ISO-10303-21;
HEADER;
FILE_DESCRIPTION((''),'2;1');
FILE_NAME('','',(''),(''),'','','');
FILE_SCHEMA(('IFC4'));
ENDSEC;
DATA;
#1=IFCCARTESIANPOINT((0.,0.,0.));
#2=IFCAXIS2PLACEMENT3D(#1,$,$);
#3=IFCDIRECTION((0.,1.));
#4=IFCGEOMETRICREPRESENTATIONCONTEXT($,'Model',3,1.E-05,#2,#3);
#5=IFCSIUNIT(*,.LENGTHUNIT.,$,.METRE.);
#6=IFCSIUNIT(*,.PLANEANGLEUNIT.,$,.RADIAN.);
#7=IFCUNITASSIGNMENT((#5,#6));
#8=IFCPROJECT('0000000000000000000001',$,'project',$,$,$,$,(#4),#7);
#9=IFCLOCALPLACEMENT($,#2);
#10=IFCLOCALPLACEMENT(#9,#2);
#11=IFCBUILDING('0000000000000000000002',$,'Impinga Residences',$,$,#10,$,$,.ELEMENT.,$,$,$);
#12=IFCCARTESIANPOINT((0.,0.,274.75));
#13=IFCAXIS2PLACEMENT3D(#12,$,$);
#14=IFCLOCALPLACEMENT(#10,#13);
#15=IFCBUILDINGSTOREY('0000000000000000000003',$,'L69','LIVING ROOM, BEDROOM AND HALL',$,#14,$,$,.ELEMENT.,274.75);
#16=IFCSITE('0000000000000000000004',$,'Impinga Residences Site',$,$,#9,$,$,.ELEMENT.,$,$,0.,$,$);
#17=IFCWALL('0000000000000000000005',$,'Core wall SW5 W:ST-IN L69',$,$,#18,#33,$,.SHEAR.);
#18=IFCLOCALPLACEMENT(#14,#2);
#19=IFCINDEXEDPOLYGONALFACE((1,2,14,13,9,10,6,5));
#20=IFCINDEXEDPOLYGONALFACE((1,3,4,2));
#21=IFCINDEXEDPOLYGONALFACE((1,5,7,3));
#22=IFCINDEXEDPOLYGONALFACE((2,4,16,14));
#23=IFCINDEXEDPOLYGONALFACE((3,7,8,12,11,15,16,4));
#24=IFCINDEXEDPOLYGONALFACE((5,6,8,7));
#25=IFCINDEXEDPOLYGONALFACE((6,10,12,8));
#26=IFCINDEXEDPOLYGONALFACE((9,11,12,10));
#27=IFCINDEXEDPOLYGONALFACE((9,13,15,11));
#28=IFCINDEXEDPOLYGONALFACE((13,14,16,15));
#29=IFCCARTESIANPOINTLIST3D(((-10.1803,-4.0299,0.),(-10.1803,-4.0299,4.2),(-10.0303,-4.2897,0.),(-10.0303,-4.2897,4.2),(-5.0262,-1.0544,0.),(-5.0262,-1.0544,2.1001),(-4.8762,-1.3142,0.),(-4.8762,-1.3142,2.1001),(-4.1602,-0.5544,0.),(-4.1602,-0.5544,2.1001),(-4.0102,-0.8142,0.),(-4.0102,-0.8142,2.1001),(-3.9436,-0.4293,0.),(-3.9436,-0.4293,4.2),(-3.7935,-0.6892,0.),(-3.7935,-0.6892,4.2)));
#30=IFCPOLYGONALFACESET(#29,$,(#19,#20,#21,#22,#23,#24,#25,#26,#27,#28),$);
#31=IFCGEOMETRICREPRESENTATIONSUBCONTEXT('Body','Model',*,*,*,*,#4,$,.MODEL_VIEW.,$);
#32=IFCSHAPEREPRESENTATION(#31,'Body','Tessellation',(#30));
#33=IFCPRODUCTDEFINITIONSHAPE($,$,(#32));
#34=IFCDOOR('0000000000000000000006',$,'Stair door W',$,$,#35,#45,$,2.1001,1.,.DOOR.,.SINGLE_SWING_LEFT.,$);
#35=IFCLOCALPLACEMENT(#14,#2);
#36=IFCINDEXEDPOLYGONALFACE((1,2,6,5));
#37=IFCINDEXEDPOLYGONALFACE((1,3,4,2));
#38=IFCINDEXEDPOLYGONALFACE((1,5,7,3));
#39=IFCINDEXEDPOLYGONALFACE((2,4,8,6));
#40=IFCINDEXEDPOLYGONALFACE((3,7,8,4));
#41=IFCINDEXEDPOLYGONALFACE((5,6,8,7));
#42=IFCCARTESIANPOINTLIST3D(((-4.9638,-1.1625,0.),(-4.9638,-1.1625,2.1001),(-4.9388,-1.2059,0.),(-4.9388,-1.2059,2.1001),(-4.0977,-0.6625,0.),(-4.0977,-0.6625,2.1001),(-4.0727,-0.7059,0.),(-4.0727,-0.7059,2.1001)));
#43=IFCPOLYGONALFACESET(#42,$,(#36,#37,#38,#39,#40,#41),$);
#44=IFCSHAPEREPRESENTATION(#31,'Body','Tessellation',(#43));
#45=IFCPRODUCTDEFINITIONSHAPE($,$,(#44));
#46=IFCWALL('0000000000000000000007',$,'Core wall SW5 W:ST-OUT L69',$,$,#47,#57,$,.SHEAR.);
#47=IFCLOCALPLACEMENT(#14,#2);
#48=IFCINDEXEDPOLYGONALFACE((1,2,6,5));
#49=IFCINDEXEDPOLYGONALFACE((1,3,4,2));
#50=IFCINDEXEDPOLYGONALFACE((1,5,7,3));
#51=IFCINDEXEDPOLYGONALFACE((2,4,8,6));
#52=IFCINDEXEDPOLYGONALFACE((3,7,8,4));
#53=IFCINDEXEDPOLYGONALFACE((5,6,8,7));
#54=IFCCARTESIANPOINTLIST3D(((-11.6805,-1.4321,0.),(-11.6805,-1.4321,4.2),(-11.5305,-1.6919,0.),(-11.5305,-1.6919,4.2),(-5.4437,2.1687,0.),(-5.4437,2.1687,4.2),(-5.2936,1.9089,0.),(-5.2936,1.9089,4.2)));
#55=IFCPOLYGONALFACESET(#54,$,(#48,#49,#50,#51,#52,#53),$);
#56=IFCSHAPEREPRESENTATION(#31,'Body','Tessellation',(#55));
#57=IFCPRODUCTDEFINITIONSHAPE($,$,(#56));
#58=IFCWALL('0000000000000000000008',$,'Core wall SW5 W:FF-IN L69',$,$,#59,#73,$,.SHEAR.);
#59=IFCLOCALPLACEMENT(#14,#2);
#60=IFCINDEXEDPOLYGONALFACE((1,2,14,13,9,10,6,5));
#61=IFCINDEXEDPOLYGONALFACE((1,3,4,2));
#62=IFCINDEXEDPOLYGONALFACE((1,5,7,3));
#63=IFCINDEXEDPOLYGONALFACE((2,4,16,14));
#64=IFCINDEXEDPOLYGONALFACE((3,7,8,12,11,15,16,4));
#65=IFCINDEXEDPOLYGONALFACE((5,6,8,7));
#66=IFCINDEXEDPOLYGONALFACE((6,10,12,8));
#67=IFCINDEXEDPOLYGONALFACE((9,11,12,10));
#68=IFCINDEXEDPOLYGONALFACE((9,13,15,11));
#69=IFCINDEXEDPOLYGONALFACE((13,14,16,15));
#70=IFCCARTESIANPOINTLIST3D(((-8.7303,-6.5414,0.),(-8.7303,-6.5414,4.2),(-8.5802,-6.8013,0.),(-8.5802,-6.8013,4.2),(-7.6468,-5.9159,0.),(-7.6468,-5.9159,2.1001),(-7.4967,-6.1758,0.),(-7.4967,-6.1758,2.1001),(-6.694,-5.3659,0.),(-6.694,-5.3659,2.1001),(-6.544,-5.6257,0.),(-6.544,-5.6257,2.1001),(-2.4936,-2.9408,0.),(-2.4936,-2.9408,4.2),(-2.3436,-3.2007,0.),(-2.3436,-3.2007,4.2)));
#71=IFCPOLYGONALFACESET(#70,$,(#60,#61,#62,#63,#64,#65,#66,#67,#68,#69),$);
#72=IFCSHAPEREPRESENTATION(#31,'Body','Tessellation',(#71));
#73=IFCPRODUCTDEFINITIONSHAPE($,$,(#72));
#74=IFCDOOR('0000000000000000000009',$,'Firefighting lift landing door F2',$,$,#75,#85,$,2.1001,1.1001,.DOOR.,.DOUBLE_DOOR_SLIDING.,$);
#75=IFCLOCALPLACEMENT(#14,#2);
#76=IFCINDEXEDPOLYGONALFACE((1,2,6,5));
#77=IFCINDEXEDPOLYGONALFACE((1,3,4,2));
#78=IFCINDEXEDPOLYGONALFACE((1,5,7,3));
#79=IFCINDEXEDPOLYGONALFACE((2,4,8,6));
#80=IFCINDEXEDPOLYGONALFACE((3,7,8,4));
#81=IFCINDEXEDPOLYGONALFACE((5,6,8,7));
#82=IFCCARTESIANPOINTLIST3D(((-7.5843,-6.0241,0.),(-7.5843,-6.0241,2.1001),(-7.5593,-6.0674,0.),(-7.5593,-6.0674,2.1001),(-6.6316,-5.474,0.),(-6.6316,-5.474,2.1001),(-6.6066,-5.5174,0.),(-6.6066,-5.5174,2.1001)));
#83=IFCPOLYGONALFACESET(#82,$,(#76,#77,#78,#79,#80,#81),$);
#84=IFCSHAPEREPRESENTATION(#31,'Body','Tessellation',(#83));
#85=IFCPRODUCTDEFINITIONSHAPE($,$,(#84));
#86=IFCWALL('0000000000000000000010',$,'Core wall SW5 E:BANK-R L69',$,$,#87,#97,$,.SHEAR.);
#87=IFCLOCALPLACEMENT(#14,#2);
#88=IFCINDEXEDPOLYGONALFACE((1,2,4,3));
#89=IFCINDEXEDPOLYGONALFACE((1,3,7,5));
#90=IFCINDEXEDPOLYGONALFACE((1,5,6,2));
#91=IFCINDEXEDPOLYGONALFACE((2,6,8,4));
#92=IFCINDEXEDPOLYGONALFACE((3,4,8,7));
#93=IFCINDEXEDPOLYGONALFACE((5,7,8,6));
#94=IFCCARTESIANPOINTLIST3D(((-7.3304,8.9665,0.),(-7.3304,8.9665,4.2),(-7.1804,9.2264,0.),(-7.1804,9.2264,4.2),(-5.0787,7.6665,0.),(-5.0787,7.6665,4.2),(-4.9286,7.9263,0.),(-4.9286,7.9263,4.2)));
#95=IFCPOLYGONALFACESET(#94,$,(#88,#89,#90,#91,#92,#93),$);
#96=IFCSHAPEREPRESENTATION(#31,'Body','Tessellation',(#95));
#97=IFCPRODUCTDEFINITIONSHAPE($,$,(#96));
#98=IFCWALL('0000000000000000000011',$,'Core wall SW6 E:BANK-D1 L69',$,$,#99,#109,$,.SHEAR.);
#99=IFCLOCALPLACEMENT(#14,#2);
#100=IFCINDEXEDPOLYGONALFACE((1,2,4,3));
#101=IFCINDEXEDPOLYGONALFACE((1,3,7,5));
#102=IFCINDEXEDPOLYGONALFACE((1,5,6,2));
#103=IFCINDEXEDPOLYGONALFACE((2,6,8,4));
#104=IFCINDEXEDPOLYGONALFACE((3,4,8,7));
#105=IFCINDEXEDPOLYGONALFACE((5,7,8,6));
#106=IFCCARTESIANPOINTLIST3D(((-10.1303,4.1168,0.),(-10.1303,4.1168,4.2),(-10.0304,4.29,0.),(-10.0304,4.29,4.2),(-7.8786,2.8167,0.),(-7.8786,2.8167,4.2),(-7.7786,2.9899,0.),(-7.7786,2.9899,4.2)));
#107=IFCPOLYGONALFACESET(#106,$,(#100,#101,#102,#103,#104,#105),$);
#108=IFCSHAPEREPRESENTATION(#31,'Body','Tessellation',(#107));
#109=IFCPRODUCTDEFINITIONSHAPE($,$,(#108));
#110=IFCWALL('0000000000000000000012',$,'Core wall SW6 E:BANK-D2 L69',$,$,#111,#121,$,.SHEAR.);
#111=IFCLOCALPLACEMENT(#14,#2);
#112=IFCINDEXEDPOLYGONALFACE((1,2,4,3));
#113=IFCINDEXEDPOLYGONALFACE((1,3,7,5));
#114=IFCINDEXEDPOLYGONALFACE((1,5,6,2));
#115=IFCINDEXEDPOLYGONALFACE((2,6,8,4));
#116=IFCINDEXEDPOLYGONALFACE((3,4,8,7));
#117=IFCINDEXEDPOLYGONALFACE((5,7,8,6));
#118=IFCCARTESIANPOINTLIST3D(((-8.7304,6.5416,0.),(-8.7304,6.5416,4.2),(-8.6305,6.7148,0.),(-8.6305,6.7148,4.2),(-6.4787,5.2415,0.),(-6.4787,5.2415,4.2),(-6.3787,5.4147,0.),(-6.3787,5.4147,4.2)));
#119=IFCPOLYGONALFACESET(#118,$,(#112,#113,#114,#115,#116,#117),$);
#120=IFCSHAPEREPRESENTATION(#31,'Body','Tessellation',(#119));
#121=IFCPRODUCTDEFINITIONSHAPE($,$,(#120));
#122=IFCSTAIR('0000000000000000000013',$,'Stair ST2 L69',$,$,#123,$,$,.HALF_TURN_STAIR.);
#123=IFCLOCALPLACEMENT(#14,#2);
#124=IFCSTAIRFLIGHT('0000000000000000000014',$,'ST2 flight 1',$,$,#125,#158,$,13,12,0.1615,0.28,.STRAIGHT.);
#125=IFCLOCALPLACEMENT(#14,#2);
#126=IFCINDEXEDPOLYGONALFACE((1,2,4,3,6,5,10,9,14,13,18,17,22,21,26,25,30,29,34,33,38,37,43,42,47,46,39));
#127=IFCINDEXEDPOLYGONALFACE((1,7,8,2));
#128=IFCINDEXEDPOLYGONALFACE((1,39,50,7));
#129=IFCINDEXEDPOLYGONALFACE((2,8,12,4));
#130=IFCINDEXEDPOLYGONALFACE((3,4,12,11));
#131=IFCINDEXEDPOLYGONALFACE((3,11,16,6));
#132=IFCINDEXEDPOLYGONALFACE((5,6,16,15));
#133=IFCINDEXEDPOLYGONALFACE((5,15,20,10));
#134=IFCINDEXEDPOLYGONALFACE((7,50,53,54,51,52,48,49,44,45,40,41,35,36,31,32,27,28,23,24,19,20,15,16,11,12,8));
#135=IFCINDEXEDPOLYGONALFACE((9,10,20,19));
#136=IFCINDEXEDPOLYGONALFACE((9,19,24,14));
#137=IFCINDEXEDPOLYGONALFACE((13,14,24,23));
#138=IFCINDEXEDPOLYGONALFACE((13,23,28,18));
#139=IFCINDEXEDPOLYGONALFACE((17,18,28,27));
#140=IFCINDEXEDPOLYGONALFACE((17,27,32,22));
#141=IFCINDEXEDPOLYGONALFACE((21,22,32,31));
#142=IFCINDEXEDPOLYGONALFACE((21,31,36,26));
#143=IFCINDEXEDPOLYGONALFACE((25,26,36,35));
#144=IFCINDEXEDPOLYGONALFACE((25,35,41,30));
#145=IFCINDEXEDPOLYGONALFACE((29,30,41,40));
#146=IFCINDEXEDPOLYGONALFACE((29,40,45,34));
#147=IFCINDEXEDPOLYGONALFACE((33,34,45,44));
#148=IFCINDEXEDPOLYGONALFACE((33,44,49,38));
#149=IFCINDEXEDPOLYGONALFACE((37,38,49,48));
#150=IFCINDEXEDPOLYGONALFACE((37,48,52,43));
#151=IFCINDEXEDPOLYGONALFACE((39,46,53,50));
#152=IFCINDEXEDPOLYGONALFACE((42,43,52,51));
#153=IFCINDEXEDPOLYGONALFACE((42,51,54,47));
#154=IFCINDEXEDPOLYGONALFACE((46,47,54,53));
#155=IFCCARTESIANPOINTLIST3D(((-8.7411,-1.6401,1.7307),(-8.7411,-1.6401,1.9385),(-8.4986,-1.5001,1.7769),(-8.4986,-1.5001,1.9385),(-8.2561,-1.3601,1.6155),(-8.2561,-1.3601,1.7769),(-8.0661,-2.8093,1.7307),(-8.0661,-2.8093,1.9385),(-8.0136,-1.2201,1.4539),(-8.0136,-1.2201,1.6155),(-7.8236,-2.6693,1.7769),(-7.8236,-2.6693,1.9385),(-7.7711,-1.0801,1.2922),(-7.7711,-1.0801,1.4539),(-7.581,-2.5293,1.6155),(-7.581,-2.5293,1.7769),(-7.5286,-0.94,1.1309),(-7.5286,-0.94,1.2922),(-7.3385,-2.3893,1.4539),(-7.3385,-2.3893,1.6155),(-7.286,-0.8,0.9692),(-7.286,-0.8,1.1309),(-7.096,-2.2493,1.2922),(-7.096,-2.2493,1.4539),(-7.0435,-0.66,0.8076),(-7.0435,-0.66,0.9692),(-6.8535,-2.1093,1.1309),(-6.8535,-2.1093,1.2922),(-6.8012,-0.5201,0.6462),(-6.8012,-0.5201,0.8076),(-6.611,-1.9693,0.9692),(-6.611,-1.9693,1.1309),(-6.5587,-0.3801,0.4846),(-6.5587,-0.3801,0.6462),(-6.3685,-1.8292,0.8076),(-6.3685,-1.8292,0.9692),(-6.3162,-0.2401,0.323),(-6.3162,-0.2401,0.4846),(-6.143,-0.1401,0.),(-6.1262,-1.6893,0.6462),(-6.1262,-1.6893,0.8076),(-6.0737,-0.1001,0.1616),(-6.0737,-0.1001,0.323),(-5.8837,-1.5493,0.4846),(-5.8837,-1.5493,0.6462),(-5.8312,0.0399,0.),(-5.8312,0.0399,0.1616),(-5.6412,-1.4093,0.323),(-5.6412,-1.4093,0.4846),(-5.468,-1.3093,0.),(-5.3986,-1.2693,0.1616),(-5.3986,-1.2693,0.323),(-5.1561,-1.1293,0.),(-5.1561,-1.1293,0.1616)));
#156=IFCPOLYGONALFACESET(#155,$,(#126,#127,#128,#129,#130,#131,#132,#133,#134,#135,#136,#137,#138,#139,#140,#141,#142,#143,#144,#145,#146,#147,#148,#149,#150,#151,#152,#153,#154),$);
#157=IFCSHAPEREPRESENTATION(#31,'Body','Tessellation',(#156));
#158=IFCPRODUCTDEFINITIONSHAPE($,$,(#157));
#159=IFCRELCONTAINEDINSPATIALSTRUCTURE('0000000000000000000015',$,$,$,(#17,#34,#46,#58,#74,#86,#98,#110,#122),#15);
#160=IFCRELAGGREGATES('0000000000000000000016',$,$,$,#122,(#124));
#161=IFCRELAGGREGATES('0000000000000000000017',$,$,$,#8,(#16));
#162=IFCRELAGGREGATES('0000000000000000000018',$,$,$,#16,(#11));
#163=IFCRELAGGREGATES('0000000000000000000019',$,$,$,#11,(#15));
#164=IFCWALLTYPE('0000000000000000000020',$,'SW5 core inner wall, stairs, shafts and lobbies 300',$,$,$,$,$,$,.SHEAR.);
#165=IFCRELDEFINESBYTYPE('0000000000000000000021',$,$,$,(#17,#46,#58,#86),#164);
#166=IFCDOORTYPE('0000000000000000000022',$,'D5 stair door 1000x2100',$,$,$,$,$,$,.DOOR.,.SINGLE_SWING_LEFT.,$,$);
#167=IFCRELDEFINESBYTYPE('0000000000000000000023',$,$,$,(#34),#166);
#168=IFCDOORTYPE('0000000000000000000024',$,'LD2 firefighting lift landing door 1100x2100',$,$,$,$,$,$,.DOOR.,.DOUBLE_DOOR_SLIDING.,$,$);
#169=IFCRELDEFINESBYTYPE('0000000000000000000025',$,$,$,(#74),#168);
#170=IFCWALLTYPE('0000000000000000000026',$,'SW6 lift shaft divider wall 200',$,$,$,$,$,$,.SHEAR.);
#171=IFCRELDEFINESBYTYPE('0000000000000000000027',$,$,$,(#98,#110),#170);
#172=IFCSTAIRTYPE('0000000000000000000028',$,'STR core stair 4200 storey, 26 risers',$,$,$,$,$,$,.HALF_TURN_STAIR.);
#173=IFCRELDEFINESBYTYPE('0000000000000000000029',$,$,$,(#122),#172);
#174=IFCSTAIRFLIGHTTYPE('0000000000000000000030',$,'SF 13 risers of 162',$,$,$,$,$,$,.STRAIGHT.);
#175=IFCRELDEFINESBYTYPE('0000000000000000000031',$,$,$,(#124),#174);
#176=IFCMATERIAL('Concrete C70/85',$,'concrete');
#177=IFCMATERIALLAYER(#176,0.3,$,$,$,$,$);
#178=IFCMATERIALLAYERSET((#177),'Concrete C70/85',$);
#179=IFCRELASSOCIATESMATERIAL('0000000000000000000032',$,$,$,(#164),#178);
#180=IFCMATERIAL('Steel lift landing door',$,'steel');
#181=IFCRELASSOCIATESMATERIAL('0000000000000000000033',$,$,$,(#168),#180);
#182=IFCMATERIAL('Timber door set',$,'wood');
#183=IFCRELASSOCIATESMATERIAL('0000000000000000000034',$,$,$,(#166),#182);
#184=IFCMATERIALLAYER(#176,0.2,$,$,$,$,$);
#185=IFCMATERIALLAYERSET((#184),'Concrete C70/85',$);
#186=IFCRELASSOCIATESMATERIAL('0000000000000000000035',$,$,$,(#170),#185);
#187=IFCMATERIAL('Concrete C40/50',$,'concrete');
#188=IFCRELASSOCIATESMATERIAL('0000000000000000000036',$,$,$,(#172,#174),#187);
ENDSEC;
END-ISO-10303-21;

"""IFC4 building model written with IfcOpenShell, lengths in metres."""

from ifc_helpers import new_model, si_unit, direction, frame, frame_2d, origin, place, context, subcontext, project, spatial, polyline, rectangle, outline, extrude, material, layer, layer_set, type_object, element, fill, aggregate, save


model = new_model("IFC4")

# Units and contexts
model_context = context("Model", 3, precision=1e-05, world=origin(), true_north=direction((0.0, 1.0)))
body_context = subcontext(model_context, "Body", "Model", "MODEL_VIEW")
ifc_project = project(units=[si_unit("LENGTHUNIT", "METRE"), si_unit("PLANEANGLEUNIT", "RADIAN")], contexts=[model_context])

# Site, building, storey
site_placement = place(None, origin())
site = spatial("IfcSite", under=ifc_project, at=site_placement, Name="Impinga Residences Site", CompositionType="ELEMENT", RefElevation=0.0)
building_placement = place(site_placement, origin())
building = spatial("IfcBuilding", under=site, at=building_placement, Name="Impinga Residences", CompositionType="ELEMENT")
storey_placement = place(building_placement, frame((0.0, 0.0, 274.75)))
storey = spatial("IfcBuildingStorey", under=building, at=storey_placement, Name="L69", Description="LIVING ROOM, BEDROOM AND HALL", CompositionType="ELEMENT", Elevation=274.75)

# Shared definitions
ifc_material_1 = material(Name="Concrete C70/85", Category="concrete")
ifc_layer_1 = layer(ifc_material_1, 0.3)
ifc_layer_set_1 = layer_set([ifc_layer_1], Name="Concrete C70/85")
wall_type_1 = type_object("IfcWallType", Name="SW5 core inner wall, stairs, shafts and lobbies 300", PredefinedType="SHEAR", material=ifc_layer_set_1)
ifc_material_2 = material(Name="Timber door set", Category="wood")

# Shared definitions
ifc_material_3 = material(Name="Steel lift landing door", Category="steel")
door_type_1 = type_object("IfcDoorType", Name="LD2 firefighting lift landing door 1100x2100", OperationType="DOUBLE_DOOR_SLIDING", PredefinedType="DOOR", material=ifc_material_3)

# Wall, opening, door
wall_1_placement = place(storey_placement, frame((-3.8687, -0.5593, 0.0), z_axis=(0.0, 0.0, 1.0), x_axis=(-0.86604, -0.499975, 0.0)))
wall_1 = element("IfcWall", 1, at=wall_1_placement, inside=storey, type_object=wall_type_1, Name="Core wall SW5 W:ST-IN L69", PredefinedType="SHEAR", context=body_context, shape_type="SweptSolid", body=[
    extrude(rectangle(XDim=7.2014, YDim=0.3, at=frame_2d((3.6006, 0.0))), origin(), (0.0, 0.0, 1.0), 4.2),
])
opening_1_placement = place(wall_1_placement, frame((0.25, 0.0, 0.0)))
opening_1 = element("IfcOpeningElement", 2, at=opening_1_placement, cuts=wall_1, PredefinedType="OPENING", context=body_context, shape_type="SweptSolid", body=[
    extrude(rectangle(XDim=1.0, YDim=2.1001, at=frame_2d((0.5, 1.05))), frame((0.0, 0.1599, 0.0), z_axis=(0.0, -1.0, 0.0), x_axis=(1.0, 0.0, 0.0)), (0.0, 0.0, 1.0), 0.3201),
])
door_type_2 = type_object("IfcDoorType", Name="D5 stair door 1000x2100", OperationType="SINGLE_SWING_LEFT", PredefinedType="DOOR", material=ifc_material_2)
door_1_placement = place(opening_1_placement, origin())
door_1 = element("IfcDoor", 3, at=door_1_placement, inside=storey, type_object=door_type_2, Name="Stair door W", OperationType="SINGLE_SWING_LEFT", OverallHeight=2.1001, OverallWidth=1.0, PredefinedType="DOOR", context=body_context, shape_type="SweptSolid", body=[
    extrude(rectangle(XDim=1.0, YDim=2.1001, at=frame_2d((0.5, 1.05))), frame((0.0, 0.0249, 0.0), z_axis=(0.0, -1.0, 0.0), x_axis=(1.0, 0.0, 0.0)), (0.0, 0.0, 1.0), 0.05),
])
fill(opening_1, door_1)

# Wall
wall_2_placement = place(storey_placement, frame((-5.3687, 2.0388, 0.0), z_axis=(0.0, 0.0, 1.0), x_axis=(-0.866025, -0.5, 0.0)))
element("IfcWall", 4, at=wall_2_placement, inside=storey, type_object=wall_type_1, Name="Core wall SW5 W:ST-OUT L69", PredefinedType="SHEAR", context=body_context, shape_type="SweptSolid", body=[
    extrude(rectangle(XDim=7.2017, YDim=0.3, at=frame_2d((3.6008, 0.0))), origin(), (0.0, 0.0, 1.0), 4.2),
])

# Wall, opening, door
wall_3_placement = place(storey_placement, frame((-2.4187, -3.0708, 0.0), z_axis=(0.0, 0.0, 1.0), x_axis=(-0.866031, -0.49999, 0.0)))
wall_3 = element("IfcWall", 5, at=wall_3_placement, inside=storey, type_object=wall_type_1, Name="Core wall SW5 W:FF-IN L69", PredefinedType="SHEAR", context=body_context, shape_type="SweptSolid", body=[
    extrude(rectangle(XDim=7.2014, YDim=0.3, at=frame_2d((3.6006, 0.0))), origin(), (0.0, 0.0, 1.0), 4.2),
])
opening_2_placement = place(wall_3_placement, frame((4.8501, 0.0, 0.0)))
opening_2 = element("IfcOpeningElement", 6, at=opening_2_placement, cuts=wall_3, PredefinedType="OPENING", context=body_context, shape_type="SweptSolid", body=[
    extrude(rectangle(XDim=1.1001, YDim=2.1001, at=frame_2d((0.55, 1.05))), frame((0.0, 0.1599, 0.0), z_axis=(0.0, -1.0, 0.0), x_axis=(1.0, 0.0, 0.0)), (0.0, 0.0, 1.0), 0.3201),
])
door_2_placement = place(opening_2_placement, origin())
door_2 = element("IfcDoor", 7, at=door_2_placement, inside=storey, type_object=door_type_1, Name="Firefighting lift landing door F2", OperationType="DOUBLE_DOOR_SLIDING", OverallHeight=2.1001, OverallWidth=1.1001, PredefinedType="DOOR", context=body_context, shape_type="SweptSolid", body=[
    extrude(rectangle(XDim=1.1001, YDim=2.1001, at=frame_2d((0.55, 1.05))), frame((0.0, 0.0249, 0.0), z_axis=(0.0, -1.0, 0.0), x_axis=(1.0, 0.0, 0.0)), (0.0, 0.0, 1.0), 0.05),
])
fill(opening_2, door_2)

# Walls
wall_4_placement = place(storey_placement, frame((-5.0037, 7.7964, 0.0), z_axis=(0.0, 0.0, 1.0), x_axis=(-0.866021, 0.500007, 0.0)))
element("IfcWall", 8, at=wall_4_placement, inside=storey, type_object=wall_type_1, Name="Core wall SW5 E:BANK-R L69", PredefinedType="SHEAR", context=body_context, shape_type="SweptSolid", body=[
    extrude(rectangle(XDim=2.6001, YDim=0.3, at=frame_2d((1.3, 0.0))), origin(), (0.0, 0.0, 1.0), 4.2),
])
ifc_layer_2 = layer(ifc_material_1, 0.2)
ifc_layer_set_2 = layer_set([ifc_layer_2], Name="Concrete C70/85")
wall_type_2 = type_object("IfcWallType", Name="SW6 lift shaft divider wall 200", PredefinedType="SHEAR", material=ifc_layer_set_2)
for number, where, z_axis, x_axis, name in (
    (9, (-7.8286, 2.9033, 0.0), (0.0, 0.0, 1.0), (-0.866021, 0.500007, 0.0), "Core wall SW6 E:BANK-D1 L69"),
    (10, (-6.4287, 5.3281, 0.0), (0.0, 0.0, 1.0), (-0.866021, 0.500007, 0.0), "Core wall SW6 E:BANK-D2 L69"),
):
    element("IfcWall", number, at=place(storey_placement, frame(where, z_axis=z_axis, x_axis=x_axis)), inside=storey, type_object=wall_type_2, Name=name, PredefinedType="SHEAR", context=body_context, shape_type="SweptSolid", body=[
        extrude(rectangle(XDim=2.6001, YDim=0.2, at=frame_2d((1.3, 0.0))), origin(), (0.0, 0.0, 1.0), 4.2),
    ])

# Stair, stair flight
ifc_material_4 = material(Name="Concrete C40/50", Category="concrete")
stair_type = type_object("IfcStairType", Name="STR core stair 4200 storey, 26 risers", PredefinedType="HALF_TURN_STAIR", material=ifc_material_4)
stair_placement = place(storey_placement, origin())
stair = element("IfcStair", 11, at=stair_placement, inside=storey, type_object=stair_type, Name="Stair ST2 L69", PredefinedType="HALF_TURN_STAIR")
stair_flight_type = type_object("IfcStairFlightType", Name="SF 13 risers of 162", PredefinedType="STRAIGHT", material=ifc_material_4)
stair_flight_placement = place(storey_placement, frame((-5.4937, -0.5447, 0.0), z_axis=(0.0, 0.0, 1.0), x_axis=(-0.866025, -0.5, 0.0)))
stair_flight = element("IfcStairFlight", 12, at=stair_flight_placement, type_object=stair_flight_type, Name="ST2 flight 1", NumberOfRisers=13, NumberOfTreads=12, PredefinedType="STRAIGHT", RiserHeight=0.1615, TreadLength=0.28, context=body_context, shape_type="SweptSolid", body=[
    extrude(outline(polyline([(0.0, 0.0), (0.0, 0.1616), (0.28, 0.1616), (0.28, 0.323), (0.5601, 0.323), (0.5601, 0.4846), (0.8401, 0.4846), (0.8401, 0.6462), (1.1201, 0.6462), (1.1201, 0.8076), (1.3999, 0.8076), (1.3999, 0.9692), (1.6799, 0.9692), (1.6799, 1.1309), (1.96, 1.1309), (1.96, 1.2922), (2.24, 1.2922), (2.24, 1.4539), (2.52, 1.4539), (2.52, 1.6155), (2.8, 1.6155), (2.8, 1.7769), (3.0801, 1.7769), (3.0801, 1.9385), (3.3601, 1.9385), (3.3601, 2.1001), (3.3601, 1.7307), (0.3601, 0.0), (0.0, 0.0)])), frame((0.0, 0.675, 0.0), z_axis=(0.0, -1.0, 0.0), x_axis=(1.0, 0.0, 0.0)), (0.0, 0.0, 1.0), 1.3501),
])
aggregate(stair, [stair_flight])

save(model, "model.ifc")
